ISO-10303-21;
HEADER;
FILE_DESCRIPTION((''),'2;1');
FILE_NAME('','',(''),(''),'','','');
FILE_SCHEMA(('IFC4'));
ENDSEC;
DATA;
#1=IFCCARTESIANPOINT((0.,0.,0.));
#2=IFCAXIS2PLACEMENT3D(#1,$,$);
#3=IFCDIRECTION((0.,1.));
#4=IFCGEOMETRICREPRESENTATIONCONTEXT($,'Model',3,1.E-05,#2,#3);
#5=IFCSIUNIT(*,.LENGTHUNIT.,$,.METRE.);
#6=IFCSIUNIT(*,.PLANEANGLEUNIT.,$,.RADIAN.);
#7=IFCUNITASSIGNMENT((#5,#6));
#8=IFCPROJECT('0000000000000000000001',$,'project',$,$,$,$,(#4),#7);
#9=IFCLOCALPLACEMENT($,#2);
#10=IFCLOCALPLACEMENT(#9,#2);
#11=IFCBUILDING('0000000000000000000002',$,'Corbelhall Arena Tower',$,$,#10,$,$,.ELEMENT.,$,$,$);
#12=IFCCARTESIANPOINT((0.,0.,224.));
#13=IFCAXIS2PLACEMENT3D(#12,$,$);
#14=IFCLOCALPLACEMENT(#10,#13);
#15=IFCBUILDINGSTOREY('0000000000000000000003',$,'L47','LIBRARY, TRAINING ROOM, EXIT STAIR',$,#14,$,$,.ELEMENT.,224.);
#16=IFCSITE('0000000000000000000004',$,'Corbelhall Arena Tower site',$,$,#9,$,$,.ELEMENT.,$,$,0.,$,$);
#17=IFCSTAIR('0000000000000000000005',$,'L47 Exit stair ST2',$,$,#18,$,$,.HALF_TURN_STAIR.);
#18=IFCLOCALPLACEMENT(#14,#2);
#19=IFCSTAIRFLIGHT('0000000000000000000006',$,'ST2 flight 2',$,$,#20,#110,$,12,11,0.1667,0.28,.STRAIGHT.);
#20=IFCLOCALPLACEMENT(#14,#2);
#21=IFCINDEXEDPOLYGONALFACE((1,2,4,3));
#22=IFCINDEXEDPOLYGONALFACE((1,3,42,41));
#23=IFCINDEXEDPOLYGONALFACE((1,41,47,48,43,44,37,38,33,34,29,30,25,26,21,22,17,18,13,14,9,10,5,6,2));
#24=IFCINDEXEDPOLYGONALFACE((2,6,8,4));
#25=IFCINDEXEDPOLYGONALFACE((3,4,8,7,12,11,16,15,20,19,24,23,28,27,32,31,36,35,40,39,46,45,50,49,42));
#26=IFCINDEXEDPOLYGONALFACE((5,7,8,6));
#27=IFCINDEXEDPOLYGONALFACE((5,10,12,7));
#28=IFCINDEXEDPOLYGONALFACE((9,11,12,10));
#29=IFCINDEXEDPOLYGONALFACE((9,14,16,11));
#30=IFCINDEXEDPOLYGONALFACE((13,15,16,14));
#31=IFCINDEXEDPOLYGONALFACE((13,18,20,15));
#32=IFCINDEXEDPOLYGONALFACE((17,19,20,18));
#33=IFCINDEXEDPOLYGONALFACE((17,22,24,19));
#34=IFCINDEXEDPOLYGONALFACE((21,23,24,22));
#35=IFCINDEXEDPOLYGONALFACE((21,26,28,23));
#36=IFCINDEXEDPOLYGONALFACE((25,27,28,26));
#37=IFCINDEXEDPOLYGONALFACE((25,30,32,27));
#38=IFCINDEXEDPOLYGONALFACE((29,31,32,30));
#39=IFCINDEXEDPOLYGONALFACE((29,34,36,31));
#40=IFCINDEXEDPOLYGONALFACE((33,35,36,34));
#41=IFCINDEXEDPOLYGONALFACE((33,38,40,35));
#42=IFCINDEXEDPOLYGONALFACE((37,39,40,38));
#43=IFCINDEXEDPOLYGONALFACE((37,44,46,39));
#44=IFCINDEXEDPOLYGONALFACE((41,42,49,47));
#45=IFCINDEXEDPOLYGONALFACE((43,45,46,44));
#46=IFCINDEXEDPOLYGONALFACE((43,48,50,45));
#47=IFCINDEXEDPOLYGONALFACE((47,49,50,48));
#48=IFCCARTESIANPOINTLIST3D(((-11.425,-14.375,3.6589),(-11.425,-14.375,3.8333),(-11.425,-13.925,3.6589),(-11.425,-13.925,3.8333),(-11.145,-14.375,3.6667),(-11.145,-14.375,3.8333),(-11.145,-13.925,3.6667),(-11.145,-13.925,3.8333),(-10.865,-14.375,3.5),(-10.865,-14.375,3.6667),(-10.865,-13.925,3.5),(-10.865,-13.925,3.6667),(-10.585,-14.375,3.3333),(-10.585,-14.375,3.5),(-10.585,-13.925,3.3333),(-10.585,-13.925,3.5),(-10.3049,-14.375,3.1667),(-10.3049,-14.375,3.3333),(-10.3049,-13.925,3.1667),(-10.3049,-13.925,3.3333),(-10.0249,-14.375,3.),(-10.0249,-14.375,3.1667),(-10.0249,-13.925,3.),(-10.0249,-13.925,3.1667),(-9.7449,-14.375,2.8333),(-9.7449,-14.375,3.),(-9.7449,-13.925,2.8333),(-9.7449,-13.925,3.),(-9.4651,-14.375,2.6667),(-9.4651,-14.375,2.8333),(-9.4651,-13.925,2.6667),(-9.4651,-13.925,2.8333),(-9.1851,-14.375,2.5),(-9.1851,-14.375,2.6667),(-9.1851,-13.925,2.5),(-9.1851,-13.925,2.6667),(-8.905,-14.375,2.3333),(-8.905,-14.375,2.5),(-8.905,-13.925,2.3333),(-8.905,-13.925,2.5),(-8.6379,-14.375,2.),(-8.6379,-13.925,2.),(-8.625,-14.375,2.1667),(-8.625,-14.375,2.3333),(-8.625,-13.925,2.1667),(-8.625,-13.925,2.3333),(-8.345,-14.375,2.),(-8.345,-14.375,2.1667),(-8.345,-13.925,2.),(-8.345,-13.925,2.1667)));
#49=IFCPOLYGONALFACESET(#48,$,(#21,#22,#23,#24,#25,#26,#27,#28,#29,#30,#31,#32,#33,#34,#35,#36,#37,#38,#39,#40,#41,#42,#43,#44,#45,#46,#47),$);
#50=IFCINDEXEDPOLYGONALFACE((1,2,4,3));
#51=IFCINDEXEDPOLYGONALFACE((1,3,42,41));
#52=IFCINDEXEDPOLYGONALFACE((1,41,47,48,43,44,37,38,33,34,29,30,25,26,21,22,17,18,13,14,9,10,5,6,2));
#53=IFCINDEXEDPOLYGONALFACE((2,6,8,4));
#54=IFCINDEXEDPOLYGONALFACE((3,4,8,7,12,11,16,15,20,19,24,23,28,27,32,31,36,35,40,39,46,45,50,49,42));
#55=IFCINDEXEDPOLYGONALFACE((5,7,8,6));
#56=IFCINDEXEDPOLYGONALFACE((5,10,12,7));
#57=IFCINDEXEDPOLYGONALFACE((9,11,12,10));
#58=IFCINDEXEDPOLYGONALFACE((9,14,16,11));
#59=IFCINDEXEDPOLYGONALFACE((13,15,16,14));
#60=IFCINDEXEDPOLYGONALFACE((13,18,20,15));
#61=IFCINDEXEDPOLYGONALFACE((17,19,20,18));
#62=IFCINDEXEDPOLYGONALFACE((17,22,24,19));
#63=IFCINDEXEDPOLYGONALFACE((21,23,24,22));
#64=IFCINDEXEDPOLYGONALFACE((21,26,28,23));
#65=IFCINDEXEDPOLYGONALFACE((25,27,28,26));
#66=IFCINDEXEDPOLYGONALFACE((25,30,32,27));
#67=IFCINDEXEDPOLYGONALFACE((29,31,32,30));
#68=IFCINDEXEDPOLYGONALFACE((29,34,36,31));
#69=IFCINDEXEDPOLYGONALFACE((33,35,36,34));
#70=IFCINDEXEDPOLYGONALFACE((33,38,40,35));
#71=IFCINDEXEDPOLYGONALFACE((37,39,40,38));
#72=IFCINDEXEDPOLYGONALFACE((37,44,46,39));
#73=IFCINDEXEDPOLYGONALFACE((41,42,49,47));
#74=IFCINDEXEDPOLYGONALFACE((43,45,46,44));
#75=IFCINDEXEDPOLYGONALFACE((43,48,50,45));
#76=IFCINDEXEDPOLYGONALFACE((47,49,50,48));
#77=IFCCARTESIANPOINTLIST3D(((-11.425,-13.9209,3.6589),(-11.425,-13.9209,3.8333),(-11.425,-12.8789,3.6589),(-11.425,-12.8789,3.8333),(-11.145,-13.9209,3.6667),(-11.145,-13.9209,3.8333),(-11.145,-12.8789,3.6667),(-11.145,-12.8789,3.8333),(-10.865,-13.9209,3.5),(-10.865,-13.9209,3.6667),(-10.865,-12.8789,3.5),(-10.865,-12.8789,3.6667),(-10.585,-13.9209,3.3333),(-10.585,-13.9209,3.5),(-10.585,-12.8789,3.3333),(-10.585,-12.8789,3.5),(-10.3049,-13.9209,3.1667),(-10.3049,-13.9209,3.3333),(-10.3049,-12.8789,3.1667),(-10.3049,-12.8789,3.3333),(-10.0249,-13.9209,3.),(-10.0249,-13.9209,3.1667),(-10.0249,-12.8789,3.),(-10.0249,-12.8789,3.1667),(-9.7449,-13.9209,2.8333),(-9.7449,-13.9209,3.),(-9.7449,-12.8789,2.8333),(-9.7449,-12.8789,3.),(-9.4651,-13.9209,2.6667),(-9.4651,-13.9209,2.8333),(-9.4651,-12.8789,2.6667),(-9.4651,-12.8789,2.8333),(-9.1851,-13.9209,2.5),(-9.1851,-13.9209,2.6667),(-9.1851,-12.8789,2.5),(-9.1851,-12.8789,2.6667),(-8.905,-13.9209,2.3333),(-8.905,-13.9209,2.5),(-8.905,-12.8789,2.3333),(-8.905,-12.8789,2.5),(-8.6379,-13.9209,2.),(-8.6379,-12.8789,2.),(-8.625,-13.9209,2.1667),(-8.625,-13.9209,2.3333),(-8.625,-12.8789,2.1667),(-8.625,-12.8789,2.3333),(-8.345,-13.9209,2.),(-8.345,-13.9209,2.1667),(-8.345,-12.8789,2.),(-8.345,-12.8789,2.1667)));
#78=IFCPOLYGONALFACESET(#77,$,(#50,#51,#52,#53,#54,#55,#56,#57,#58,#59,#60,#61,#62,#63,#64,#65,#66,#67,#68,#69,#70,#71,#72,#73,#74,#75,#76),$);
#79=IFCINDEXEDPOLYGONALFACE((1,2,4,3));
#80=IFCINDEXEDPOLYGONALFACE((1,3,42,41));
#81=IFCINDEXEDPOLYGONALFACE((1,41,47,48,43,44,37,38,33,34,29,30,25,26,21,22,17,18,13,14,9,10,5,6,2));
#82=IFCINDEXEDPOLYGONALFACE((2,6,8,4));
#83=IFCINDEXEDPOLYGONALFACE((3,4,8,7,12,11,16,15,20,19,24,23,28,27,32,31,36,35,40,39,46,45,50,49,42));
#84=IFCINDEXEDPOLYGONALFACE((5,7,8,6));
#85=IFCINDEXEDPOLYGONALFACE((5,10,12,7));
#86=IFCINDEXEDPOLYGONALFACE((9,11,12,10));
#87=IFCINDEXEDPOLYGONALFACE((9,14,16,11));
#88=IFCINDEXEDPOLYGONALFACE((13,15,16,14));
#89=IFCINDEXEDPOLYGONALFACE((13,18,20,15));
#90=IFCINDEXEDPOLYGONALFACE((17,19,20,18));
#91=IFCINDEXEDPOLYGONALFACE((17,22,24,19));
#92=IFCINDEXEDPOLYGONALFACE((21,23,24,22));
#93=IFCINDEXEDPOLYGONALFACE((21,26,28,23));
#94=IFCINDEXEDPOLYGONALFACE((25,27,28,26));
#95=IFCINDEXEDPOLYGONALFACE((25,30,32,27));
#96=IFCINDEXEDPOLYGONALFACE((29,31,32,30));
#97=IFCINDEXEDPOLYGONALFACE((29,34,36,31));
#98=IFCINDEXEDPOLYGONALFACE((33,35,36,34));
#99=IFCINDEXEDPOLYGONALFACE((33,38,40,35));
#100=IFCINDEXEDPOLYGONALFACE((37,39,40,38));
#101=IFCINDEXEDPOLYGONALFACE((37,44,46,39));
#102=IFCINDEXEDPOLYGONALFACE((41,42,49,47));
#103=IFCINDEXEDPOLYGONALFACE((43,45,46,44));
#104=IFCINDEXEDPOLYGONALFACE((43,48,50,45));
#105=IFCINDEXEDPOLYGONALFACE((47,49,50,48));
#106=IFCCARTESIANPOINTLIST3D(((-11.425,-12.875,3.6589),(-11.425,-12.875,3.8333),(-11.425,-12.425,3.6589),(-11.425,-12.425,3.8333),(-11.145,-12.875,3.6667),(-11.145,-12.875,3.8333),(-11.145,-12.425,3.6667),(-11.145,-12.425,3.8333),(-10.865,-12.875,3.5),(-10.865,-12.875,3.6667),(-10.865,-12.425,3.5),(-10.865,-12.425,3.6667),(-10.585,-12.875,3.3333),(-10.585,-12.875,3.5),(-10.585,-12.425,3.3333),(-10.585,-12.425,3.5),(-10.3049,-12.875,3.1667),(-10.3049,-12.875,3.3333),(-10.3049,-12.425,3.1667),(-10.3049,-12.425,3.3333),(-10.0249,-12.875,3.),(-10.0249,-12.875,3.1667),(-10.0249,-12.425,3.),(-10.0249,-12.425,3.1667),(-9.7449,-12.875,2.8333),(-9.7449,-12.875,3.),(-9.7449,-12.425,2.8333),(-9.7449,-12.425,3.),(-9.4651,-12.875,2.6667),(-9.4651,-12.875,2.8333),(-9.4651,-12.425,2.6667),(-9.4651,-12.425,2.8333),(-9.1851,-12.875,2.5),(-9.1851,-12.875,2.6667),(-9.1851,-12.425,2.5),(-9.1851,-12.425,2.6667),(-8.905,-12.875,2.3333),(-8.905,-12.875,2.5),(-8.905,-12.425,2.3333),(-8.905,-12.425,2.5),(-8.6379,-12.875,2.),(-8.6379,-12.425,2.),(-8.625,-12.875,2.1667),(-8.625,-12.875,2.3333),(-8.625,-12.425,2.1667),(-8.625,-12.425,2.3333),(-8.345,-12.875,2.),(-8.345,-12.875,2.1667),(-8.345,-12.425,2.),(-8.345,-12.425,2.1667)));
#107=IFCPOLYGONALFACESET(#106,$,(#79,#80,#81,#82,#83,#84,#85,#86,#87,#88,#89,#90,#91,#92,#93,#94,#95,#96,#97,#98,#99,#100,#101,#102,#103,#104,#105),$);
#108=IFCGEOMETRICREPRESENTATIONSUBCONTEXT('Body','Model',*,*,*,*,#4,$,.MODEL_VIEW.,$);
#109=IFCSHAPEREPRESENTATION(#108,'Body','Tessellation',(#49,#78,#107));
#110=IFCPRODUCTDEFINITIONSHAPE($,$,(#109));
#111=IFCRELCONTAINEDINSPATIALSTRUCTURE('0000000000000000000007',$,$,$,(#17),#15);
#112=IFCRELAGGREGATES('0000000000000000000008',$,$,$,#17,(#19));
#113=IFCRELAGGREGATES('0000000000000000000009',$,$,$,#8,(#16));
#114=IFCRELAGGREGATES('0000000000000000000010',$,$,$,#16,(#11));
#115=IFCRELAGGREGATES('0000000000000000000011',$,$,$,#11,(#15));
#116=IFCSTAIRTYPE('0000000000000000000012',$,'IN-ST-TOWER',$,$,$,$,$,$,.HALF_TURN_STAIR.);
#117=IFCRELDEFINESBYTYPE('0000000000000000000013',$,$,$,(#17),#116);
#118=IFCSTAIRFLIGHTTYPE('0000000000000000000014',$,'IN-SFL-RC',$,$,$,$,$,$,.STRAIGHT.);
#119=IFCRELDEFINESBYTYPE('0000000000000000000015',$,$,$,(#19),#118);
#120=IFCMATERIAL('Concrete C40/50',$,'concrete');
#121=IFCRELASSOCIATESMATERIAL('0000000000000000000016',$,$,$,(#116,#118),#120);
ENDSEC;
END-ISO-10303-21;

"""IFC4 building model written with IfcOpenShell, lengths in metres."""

from ifc_helpers import new_model, si_unit, direction, frame, origin, place, context, subcontext, project, spatial, polyline, outline, extrude, material, type_object, element, aggregate, save


model = new_model("IFC4")

# Units and contexts
model_context = context("Model", 3, precision=1e-05, world=origin(), true_north=direction((0.0, 1.0)))
body_context = subcontext(model_context, "Body", "Model", "MODEL_VIEW")
ifc_project = project(units=[si_unit("LENGTHUNIT", "METRE"), si_unit("PLANEANGLEUNIT", "RADIAN")], contexts=[model_context])

# Site, building, storey
site_placement = place(None, origin())
site = spatial("IfcSite", under=ifc_project, at=site_placement, Name="Corbelhall Arena Tower site", CompositionType="ELEMENT", RefElevation=0.0)
building_placement = place(site_placement, origin())
building = spatial("IfcBuilding", under=site, at=building_placement, Name="Corbelhall Arena Tower", CompositionType="ELEMENT")
storey_placement = place(building_placement, frame((0.0, 0.0, 224.0)))
storey = spatial("IfcBuildingStorey", under=building, at=storey_placement, Name="L47", Description="LIBRARY, TRAINING ROOM, EXIT STAIR", CompositionType="ELEMENT", Elevation=224.0)

# Shared definitions
ifc_material_1 = material(Name="Concrete C40/50", Category="concrete")

# Stair, stair flight
stair_type = type_object("IfcStairType", Name="IN-ST-TOWER", PredefinedType="HALF_TURN_STAIR", material=ifc_material_1)
stair_placement = place(storey_placement, origin())
stair = element("IfcStair", 1, at=stair_placement, inside=storey, type_object=stair_type, Name="L47 Exit stair ST2", PredefinedType="HALF_TURN_STAIR")
stair_flight_type = type_object("IfcStairFlightType", Name="IN-SFL-RC", PredefinedType="STRAIGHT", material=ifc_material_1)
stair_flight_1_placement = place(storey_placement, frame((-8.345, -13.3999, 2.0), z_axis=(0.0, 0.0, 1.0), x_axis=(-1.0, 0.0, 0.0)))
stair_flight_1 = element("IfcStairFlight", 2, at=stair_flight_1_placement, type_object=stair_flight_type, Name="ST2 flight 2", NumberOfRisers=12, NumberOfTreads=11, PredefinedType="STRAIGHT", RiserHeight=0.1667, TreadLength=0.28, context=body_context, shape_type="SweptSolid", body=[
    extrude(outline(polyline([(0.0, 0.0), (0.0, 0.1667), (0.28, 0.1667), (0.28, 0.3333), (0.5601, 0.3333), (0.5601, 0.5), (0.8401, 0.5), (0.8401, 0.6667), (1.1201, 0.6667), (1.1201, 0.8333), (1.3999, 0.8333), (1.3999, 1.0), (1.6799, 1.0), (1.6799, 1.1667), (1.96, 1.1667), (1.96, 1.3333), (2.24, 1.3333), (2.24, 1.5), (2.52, 1.5), (2.52, 1.6667), (2.8, 1.6667), (2.8, 1.8333), (3.0801, 1.8333), (3.0801, 2.0), (3.0801, 1.6589), (0.293, 0.0), (0.0, 0.0)])), frame((0.0, 0.9751, 0.0), z_axis=(0.0, -1.0, 0.0), x_axis=(1.0, 0.0, 0.0)), (0.0, 0.0, 1.0), 0.45),
    extrude(outline(polyline([(0.0, 0.0), (0.0, 0.1667), (0.28, 0.1667), (0.28, 0.3333), (0.5601, 0.3333), (0.5601, 0.5), (0.8401, 0.5), (0.8401, 0.6667), (1.1201, 0.6667), (1.1201, 0.8333), (1.3999, 0.8333), (1.3999, 1.0), (1.6799, 1.0), (1.6799, 1.1667), (1.96, 1.1667), (1.96, 1.3333), (2.24, 1.3333), (2.24, 1.5), (2.52, 1.5), (2.52, 1.6667), (2.8, 1.6667), (2.8, 1.8333), (3.0801, 1.8333), (3.0801, 2.0), (3.0801, 1.6589), (0.293, 0.0), (0.0, 0.0)])), frame((0.0, 0.521, 0.0), z_axis=(0.0, -1.0, 0.0), x_axis=(1.0, 0.0, 0.0)), (0.0, 0.0, 1.0), 1.042),
    extrude(outline(polyline([(0.0, 0.0), (0.0, 0.1667), (0.28, 0.1667), (0.28, 0.3333), (0.5601, 0.3333), (0.5601, 0.5), (0.8401, 0.5), (0.8401, 0.6667), (1.1201, 0.6667), (1.1201, 0.8333), (1.3999, 0.8333), (1.3999, 1.0), (1.6799, 1.0), (1.6799, 1.1667), (1.96, 1.1667), (1.96, 1.3333), (2.24, 1.3333), (2.24, 1.5), (2.52, 1.5), (2.52, 1.6667), (2.8, 1.6667), (2.8, 1.8333), (3.0801, 1.8333), (3.0801, 2.0), (3.0801, 1.6589), (0.293, 0.0), (0.0, 0.0)])), frame((0.0, -0.5249, 0.0), z_axis=(0.0, -1.0, 0.0), x_axis=(1.0, 0.0, 0.0)), (0.0, 0.0, 1.0), 0.45),
])
aggregate(stair, [stair_flight_1])

save(model, "model.ifc")
